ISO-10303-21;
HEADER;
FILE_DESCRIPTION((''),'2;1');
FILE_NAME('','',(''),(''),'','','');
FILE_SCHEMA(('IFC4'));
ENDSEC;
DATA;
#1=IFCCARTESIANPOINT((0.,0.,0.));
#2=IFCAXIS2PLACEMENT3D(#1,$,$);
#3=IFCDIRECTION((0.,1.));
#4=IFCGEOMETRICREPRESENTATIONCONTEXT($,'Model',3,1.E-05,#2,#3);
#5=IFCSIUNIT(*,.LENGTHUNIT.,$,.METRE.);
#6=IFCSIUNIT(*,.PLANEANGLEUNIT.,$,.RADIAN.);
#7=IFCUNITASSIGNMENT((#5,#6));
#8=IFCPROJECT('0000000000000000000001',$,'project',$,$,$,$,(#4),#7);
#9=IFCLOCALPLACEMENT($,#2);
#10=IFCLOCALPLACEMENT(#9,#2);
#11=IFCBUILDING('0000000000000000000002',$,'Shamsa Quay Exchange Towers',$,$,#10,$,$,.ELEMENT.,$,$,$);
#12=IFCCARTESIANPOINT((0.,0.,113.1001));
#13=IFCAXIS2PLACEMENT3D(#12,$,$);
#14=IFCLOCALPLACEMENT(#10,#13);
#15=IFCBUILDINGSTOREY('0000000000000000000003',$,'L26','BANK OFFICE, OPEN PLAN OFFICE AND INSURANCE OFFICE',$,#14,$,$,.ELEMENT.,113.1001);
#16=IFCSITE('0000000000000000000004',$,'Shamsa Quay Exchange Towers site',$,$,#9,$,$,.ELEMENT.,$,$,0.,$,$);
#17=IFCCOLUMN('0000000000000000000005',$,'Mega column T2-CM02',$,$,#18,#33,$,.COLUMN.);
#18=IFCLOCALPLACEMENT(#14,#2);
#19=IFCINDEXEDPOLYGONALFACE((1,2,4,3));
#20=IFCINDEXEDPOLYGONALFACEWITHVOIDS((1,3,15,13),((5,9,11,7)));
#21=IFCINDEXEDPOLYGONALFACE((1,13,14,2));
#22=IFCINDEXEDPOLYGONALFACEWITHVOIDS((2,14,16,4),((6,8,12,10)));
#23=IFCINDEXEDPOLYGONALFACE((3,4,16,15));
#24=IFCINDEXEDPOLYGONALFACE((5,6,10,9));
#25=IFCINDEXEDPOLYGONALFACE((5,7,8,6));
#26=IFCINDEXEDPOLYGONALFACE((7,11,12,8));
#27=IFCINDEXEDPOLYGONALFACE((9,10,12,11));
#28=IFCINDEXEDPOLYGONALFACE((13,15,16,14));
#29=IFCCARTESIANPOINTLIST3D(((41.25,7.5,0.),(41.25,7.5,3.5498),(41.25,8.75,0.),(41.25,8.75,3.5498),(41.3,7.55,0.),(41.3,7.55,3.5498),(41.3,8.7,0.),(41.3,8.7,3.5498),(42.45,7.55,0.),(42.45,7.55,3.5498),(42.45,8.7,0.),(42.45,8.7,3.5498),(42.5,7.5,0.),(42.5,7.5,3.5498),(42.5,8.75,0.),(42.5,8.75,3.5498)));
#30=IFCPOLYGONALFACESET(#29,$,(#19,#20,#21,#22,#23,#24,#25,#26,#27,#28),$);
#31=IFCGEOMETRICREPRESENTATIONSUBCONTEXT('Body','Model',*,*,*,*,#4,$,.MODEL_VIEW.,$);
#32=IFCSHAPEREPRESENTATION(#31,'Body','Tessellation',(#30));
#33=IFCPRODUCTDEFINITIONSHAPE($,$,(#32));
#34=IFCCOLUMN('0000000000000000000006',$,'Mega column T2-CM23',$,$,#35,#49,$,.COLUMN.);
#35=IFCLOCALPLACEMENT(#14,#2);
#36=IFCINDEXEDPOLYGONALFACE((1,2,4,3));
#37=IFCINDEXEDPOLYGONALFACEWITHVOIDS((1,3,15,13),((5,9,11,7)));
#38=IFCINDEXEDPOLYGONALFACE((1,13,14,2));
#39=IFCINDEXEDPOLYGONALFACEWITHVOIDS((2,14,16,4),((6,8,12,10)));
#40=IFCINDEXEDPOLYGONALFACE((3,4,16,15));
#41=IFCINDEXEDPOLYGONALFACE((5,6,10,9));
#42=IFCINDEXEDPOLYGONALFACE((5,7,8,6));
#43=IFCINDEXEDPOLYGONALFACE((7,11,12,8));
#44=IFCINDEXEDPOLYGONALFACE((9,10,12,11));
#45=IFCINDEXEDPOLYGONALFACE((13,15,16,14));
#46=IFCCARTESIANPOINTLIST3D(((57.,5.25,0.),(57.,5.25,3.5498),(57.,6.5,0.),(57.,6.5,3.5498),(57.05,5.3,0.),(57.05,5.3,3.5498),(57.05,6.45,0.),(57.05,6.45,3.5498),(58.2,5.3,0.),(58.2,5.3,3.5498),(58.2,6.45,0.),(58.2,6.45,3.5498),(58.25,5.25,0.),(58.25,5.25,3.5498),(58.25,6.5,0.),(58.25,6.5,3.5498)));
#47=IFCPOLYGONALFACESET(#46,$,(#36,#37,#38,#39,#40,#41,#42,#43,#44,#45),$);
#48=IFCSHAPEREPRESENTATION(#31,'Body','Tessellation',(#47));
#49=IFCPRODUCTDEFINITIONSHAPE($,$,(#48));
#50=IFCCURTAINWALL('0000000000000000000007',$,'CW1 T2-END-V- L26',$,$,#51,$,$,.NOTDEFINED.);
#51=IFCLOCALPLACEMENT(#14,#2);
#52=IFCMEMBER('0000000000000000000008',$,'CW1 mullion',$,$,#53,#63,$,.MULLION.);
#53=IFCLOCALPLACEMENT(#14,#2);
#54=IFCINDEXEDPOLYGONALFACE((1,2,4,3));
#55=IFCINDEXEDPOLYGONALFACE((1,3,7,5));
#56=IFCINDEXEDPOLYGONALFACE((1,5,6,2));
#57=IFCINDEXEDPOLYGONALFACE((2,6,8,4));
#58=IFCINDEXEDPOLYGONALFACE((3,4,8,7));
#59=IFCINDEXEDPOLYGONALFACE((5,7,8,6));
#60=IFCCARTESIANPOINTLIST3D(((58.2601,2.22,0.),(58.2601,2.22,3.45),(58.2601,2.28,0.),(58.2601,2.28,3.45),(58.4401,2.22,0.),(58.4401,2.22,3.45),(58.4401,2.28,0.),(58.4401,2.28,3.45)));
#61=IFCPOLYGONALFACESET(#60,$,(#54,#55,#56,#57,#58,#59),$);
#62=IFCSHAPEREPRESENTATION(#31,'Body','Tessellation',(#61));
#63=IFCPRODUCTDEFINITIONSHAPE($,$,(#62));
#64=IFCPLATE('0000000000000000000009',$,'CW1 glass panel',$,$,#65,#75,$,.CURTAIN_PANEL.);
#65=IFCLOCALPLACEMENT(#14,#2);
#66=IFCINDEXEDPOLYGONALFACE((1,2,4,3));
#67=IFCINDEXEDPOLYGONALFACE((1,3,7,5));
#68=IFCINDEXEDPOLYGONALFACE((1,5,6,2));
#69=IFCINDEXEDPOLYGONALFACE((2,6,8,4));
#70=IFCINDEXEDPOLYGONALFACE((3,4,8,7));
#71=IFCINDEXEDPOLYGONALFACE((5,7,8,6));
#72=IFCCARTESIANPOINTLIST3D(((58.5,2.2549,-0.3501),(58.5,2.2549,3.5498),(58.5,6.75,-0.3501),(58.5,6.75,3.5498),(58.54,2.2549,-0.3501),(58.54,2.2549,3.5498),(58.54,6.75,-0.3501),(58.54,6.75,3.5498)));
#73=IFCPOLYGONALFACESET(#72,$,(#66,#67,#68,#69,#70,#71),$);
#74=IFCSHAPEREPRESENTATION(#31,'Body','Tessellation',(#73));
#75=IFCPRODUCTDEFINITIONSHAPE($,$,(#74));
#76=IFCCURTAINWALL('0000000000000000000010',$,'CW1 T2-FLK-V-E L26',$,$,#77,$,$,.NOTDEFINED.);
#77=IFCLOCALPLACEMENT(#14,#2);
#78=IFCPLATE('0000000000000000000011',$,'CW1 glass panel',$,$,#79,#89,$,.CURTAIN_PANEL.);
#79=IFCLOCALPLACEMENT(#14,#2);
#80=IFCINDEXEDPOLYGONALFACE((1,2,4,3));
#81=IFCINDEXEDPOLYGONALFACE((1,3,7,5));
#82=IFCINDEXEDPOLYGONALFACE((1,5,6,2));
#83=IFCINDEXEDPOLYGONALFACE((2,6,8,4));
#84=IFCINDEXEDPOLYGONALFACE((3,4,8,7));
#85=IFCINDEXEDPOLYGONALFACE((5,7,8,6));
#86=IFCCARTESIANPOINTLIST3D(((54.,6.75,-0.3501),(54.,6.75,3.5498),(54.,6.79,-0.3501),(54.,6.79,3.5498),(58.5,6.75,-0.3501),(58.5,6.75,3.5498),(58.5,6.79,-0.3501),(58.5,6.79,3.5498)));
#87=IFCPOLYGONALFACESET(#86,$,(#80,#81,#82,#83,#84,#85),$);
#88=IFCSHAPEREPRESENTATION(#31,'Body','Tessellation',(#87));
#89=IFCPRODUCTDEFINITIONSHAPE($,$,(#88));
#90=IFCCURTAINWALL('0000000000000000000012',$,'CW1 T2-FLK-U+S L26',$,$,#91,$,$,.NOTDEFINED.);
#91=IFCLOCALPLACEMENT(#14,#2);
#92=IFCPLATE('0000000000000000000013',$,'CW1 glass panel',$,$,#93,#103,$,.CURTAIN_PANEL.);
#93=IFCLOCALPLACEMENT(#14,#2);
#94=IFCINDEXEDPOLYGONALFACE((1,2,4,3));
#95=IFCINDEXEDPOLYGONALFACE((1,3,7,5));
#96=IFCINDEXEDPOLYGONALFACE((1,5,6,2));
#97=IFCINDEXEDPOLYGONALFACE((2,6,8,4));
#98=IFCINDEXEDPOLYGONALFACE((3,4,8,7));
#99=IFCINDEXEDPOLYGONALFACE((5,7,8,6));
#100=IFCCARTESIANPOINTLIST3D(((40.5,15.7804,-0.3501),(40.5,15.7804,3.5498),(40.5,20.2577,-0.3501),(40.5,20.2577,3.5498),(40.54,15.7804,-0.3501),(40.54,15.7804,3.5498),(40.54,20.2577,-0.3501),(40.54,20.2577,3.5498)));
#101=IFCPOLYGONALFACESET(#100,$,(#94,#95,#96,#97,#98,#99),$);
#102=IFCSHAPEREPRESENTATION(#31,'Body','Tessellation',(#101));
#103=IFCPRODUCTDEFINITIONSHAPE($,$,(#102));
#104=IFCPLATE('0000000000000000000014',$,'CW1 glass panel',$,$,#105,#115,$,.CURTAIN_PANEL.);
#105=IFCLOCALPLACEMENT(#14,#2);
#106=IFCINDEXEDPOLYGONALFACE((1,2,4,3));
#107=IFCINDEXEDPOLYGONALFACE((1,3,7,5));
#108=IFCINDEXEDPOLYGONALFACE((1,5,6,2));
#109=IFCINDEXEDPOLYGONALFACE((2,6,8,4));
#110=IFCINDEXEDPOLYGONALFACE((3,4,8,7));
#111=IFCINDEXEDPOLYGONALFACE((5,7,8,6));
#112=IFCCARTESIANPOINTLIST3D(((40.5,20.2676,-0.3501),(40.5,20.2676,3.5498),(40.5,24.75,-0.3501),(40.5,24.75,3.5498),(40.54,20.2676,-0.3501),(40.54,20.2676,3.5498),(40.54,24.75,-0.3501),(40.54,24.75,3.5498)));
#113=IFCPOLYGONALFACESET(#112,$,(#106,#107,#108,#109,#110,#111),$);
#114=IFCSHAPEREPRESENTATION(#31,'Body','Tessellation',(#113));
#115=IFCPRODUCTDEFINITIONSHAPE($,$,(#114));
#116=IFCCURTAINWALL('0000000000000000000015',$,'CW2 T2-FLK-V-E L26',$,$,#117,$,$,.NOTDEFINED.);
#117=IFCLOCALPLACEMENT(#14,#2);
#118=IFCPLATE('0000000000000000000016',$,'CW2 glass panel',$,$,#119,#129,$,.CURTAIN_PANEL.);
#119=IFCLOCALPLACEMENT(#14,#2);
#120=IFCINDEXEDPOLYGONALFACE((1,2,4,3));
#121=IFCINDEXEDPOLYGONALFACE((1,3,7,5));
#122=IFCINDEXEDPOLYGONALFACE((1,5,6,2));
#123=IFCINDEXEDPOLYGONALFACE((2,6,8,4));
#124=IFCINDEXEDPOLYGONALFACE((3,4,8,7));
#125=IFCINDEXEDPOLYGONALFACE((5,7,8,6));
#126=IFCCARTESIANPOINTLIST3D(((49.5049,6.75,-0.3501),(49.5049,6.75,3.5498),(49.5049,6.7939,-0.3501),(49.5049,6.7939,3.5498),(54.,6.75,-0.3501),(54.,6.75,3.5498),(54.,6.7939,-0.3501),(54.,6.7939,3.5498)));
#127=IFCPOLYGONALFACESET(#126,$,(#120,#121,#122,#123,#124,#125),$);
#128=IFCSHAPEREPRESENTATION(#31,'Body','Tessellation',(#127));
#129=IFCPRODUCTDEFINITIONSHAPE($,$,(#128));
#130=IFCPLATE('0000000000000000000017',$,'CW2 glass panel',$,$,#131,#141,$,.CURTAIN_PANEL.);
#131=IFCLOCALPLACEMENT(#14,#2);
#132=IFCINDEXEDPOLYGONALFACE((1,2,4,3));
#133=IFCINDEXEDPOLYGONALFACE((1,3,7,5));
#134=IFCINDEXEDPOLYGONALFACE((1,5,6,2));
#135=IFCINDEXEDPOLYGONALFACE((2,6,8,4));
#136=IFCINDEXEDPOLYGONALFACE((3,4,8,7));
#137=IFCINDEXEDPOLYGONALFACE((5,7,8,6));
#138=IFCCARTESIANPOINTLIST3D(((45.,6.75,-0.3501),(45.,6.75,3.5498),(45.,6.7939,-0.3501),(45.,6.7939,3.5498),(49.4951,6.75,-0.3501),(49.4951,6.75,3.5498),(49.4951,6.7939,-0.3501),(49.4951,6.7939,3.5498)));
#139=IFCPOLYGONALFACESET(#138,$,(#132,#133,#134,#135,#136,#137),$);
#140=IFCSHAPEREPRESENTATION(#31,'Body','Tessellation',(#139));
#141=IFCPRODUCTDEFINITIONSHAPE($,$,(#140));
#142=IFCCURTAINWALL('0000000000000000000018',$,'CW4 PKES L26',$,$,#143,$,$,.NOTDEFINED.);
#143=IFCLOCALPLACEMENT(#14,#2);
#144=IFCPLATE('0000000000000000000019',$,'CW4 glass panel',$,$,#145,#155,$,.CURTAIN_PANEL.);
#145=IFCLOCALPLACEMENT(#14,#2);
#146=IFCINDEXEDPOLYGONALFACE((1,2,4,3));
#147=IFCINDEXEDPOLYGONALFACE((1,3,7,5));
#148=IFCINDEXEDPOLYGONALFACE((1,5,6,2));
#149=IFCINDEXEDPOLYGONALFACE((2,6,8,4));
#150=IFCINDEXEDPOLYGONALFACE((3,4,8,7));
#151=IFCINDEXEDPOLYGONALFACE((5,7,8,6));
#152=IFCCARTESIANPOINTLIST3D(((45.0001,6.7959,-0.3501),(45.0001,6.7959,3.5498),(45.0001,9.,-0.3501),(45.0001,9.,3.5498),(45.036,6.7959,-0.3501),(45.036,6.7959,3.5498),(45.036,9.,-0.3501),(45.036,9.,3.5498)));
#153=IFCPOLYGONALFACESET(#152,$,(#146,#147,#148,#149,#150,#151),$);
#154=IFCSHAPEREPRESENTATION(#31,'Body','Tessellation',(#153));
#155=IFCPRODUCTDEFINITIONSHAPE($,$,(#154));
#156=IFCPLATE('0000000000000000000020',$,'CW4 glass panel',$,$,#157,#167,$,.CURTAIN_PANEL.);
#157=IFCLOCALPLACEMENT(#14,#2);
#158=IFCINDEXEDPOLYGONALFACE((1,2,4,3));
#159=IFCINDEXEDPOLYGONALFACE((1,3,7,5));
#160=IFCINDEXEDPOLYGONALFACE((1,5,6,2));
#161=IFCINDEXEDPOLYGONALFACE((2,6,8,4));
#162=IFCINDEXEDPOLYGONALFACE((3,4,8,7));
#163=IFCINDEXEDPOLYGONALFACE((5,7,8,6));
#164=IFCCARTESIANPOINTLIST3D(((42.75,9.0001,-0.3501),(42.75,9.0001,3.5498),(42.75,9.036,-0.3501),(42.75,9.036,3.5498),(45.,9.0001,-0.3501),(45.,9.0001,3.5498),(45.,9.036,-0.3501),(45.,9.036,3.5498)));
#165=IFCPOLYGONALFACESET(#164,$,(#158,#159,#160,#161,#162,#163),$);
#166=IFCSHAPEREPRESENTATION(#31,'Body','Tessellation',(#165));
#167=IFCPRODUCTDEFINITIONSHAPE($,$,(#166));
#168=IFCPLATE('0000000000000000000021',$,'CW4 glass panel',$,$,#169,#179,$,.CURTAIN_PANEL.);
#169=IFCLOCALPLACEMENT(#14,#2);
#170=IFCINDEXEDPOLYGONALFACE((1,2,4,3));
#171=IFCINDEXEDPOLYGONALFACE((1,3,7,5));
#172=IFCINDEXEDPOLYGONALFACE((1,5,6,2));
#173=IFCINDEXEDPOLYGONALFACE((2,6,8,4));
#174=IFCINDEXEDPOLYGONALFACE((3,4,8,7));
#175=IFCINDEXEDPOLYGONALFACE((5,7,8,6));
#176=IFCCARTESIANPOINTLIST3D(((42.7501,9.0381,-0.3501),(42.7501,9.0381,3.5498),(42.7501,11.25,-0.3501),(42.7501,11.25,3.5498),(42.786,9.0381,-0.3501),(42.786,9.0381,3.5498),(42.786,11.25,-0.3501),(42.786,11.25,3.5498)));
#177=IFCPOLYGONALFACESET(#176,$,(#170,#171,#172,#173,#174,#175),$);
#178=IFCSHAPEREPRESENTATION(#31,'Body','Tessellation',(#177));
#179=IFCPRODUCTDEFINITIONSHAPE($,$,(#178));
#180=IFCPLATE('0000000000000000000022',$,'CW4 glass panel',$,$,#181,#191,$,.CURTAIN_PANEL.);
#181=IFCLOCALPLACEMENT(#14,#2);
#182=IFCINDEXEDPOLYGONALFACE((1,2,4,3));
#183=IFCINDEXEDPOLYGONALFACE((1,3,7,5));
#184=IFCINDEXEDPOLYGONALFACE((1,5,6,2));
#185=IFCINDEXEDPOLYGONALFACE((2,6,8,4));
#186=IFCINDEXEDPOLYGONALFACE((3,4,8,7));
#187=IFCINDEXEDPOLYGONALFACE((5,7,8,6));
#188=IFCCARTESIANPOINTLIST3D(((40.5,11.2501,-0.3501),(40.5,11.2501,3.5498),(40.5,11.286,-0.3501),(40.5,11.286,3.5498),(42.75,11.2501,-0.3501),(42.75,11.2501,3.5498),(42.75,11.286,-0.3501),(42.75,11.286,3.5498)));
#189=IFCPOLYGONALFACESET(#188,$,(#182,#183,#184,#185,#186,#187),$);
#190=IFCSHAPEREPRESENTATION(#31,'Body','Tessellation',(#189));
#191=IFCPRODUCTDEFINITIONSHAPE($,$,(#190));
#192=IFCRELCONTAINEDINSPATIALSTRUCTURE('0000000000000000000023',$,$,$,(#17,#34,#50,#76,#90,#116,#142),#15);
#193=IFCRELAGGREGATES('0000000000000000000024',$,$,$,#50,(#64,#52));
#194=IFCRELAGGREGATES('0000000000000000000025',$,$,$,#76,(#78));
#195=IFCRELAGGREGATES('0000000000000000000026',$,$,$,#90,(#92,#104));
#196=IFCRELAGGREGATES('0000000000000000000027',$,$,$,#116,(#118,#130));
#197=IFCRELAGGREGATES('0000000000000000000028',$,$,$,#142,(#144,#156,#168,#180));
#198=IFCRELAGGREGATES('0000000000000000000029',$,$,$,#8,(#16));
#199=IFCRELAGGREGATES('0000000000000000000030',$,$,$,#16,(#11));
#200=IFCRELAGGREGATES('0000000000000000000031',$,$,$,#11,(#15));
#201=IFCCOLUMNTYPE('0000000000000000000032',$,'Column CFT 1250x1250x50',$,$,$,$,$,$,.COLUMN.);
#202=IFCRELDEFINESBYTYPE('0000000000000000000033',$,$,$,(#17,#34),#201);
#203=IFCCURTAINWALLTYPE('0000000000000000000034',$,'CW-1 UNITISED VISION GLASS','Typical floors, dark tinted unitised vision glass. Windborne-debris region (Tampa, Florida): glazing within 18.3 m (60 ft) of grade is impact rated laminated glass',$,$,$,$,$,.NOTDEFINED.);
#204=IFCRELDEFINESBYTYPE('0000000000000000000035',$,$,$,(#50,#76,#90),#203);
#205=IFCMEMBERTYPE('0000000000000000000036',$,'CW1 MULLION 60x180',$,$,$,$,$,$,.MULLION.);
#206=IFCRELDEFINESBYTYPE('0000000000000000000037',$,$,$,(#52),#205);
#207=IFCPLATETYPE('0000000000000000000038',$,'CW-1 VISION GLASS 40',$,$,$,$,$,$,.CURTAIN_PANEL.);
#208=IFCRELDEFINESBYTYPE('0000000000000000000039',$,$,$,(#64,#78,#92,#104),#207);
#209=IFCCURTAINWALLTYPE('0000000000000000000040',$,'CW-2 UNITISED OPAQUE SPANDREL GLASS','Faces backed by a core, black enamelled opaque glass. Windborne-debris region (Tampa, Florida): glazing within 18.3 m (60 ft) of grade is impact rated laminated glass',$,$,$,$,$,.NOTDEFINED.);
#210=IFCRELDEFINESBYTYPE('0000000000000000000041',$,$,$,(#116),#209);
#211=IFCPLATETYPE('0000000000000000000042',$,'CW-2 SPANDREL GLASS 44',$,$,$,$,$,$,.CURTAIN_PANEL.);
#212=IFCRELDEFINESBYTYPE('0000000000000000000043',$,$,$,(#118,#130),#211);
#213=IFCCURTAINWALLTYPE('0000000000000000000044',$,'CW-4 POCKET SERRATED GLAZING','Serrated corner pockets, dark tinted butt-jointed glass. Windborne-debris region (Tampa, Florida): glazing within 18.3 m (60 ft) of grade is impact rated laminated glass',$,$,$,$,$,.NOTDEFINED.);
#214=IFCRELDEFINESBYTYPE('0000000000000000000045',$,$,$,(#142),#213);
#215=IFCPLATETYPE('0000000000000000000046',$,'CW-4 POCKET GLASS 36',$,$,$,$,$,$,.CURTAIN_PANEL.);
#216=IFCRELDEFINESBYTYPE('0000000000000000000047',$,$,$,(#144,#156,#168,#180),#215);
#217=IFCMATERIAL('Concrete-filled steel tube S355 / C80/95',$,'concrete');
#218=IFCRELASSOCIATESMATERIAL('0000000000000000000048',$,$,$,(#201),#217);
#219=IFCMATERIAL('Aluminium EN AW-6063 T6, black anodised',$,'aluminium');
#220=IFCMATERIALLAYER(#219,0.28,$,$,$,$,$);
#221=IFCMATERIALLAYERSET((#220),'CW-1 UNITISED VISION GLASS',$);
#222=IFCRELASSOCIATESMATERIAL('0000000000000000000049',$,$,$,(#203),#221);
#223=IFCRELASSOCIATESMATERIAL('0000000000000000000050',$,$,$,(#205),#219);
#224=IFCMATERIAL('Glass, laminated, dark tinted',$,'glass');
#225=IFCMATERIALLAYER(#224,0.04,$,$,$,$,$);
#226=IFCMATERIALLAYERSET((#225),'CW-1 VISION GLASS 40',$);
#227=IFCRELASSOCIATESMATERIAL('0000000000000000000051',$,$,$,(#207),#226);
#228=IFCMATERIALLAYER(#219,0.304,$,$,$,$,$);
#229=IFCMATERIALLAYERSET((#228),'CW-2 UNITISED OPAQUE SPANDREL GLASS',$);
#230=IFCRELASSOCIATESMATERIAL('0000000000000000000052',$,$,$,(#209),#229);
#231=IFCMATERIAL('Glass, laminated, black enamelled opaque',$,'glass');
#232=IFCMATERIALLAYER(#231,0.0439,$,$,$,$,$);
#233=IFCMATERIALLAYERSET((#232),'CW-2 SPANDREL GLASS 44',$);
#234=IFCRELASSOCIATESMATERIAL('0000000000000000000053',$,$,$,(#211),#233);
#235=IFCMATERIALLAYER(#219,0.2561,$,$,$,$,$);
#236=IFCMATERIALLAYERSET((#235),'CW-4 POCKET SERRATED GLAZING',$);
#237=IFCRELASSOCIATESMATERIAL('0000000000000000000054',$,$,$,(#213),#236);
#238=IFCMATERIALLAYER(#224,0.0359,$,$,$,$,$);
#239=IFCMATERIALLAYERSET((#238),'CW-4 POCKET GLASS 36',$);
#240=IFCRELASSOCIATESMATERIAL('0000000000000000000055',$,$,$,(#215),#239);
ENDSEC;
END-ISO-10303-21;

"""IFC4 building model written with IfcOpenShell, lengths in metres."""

from ifc_helpers import new_model, si_unit, direction, frame, origin, origin_2d, place, context, subcontext, project, spatial, rectangle, hollow_rectangle, extrude, material, layer, layer_set, material_profile, profile_set, type_object, element, aggregate, save


model = new_model("IFC4")

# Units and contexts
model_context = context("Model", 3, precision=1e-05, world=origin(), true_north=direction((0.0, 1.0)))
body_context = subcontext(model_context, "Body", "Model", "MODEL_VIEW")
ifc_project = project(units=[si_unit("LENGTHUNIT", "METRE"), si_unit("PLANEANGLEUNIT", "RADIAN")], contexts=[model_context])

# Site, building, storey
site_placement = place(None, origin())
site = spatial("IfcSite", under=ifc_project, at=site_placement, Name="Shamsa Quay Exchange Towers site", CompositionType="ELEMENT", RefElevation=0.0)
building_placement = place(site_placement, origin())
building = spatial("IfcBuilding", under=site, at=building_placement, Name="Shamsa Quay Exchange Towers", CompositionType="ELEMENT")
storey_placement = place(building_placement, frame((0.0, 0.0, 113.1001)))
storey = spatial("IfcBuildingStorey", under=building, at=storey_placement, Name="L26", Description="BANK OFFICE, OPEN PLAN OFFICE AND INSURANCE OFFICE", CompositionType="ELEMENT", Elevation=113.1001)

# Columns
ifc_material_1 = material(Name="Concrete-filled steel tube S355 / C80/95", Category="concrete")
ifc_material_profile_1 = material_profile(ifc_material_1, hollow_rectangle(XDim=1.25, YDim=1.25, WallThickness=0.05, at=origin_2d()), Name="CFT 1250x1250x50")
ifc_profile_set_1 = profile_set([ifc_material_profile_1], Name="Concrete-filled steel tube S355 / C80/95")
column_type = type_object("IfcColumnType", Name="Column CFT 1250x1250x50", PredefinedType="COLUMN", material=ifc_profile_set_1)
for number, where, name in (
    (1, (41.875, 8.125, 0.0), "Mega column T2-CM02"),
    (2, (57.625, 5.875, 0.0), "Mega column T2-CM23"),
):
    element("IfcColumn", number, at=place(storey_placement, frame(where)), inside=storey, type_object=column_type, Name=name, PredefinedType="COLUMN", context=body_context, shape_type="SweptSolid", body=[
        extrude(hollow_rectangle(XDim=1.25, YDim=1.25, WallThickness=0.05, at=origin_2d()), origin(), (0.0, 0.0, 1.0), 3.5498),
    ])

# Curtain wall, member, plate
ifc_material_2 = material(Name="Aluminium EN AW-6063 T6, black anodised", Category="aluminium")
ifc_layer_1 = layer(ifc_material_2, 0.28)
ifc_layer_set_1 = layer_set([ifc_layer_1], Name="CW-1 UNITISED VISION GLASS")
curtain_wall_type_1 = type_object("IfcCurtainWallType", Name="CW-1 UNITISED VISION GLASS", Description="Typical floors, dark tinted unitised vision glass. Windborne-debris region (Tampa, Florida): glazing within 18.3 m (60 ft) of grade is impact rated laminated glass", PredefinedType="NOTDEFINED", material=ifc_layer_set_1)
curtain_wall_1_placement = place(storey_placement, origin())
curtain_wall_1 = element("IfcCurtainWall", 3, at=curtain_wall_1_placement, inside=storey, type_object=curtain_wall_type_1, Name="CW1 T2-END-V- L26", PredefinedType="NOTDEFINED")
ifc_material_profile_2 = material_profile(ifc_material_2, rectangle(XDim=0.1799, YDim=0.0601, at=origin_2d()), Name="MU60x180")
ifc_profile_set_2 = profile_set([ifc_material_profile_2], Name="Aluminium EN AW-6063 T6, black anodised")
member_type = type_object("IfcMemberType", Name="CW1 MULLION 60x180", PredefinedType="MULLION", material=ifc_profile_set_2)
member_placement = place(storey_placement, frame((58.3501, 2.25, 0.0), z_axis=(0.0, 0.0, 1.0), x_axis=(-1.0, 0.0, 0.0)))
member = element("IfcMember", 4, at=member_placement, type_object=member_type, Name="CW1 mullion", PredefinedType="MULLION", context=body_context, shape_type="SweptSolid", body=[
    extrude(rectangle(XDim=0.1799, YDim=0.0601, at=origin_2d()), origin(), (0.0, 0.0, 1.0), 3.45),
])
ifc_material_3 = material(Name="Glass, laminated, dark tinted", Category="glass")
ifc_layer_2 = layer(ifc_material_3, 0.04)
ifc_layer_set_2 = layer_set([ifc_layer_2], Name="CW-1 VISION GLASS 40")
plate_type_1 = type_object("IfcPlateType", Name="CW-1 VISION GLASS 40", PredefinedType="CURTAIN_PANEL", material=ifc_layer_set_2)
plate_1_placement = place(storey_placement, frame((58.52, 4.5024, -0.3501), z_axis=(0.0, 0.0, 1.0), x_axis=(0.0, 1.0, 0.0)))
plate_1 = element("IfcPlate", 5, at=plate_1_placement, type_object=plate_type_1, Name="CW1 glass panel", PredefinedType="CURTAIN_PANEL", context=body_context, shape_type="SweptSolid", body=[
    extrude(rectangle(XDim=4.4951, YDim=0.04, at=origin_2d()), origin(), (0.0, 0.0, 1.0), 3.8999),
])
aggregate(curtain_wall_1, [plate_1, member])

# Curtain wall, plate
curtain_wall_2_placement = place(storey_placement, origin())
curtain_wall_2 = element("IfcCurtainWall", 6, at=curtain_wall_2_placement, inside=storey, type_object=curtain_wall_type_1, Name="CW1 T2-FLK-V-E L26", PredefinedType="NOTDEFINED")
plate_2_placement = place(storey_placement, frame((56.25, 6.77, -0.3501), z_axis=(0.0, 0.0, 1.0), x_axis=(-1.0, 0.0, 0.0)))
plate_2 = element("IfcPlate", 7, at=plate_2_placement, type_object=plate_type_1, Name="CW1 glass panel", PredefinedType="CURTAIN_PANEL", context=body_context, shape_type="SweptSolid", body=[
    extrude(rectangle(XDim=4.5, YDim=0.04, at=origin_2d()), origin(), (0.0, 0.0, 1.0), 3.8999),
])
aggregate(curtain_wall_2, [plate_2])

# Curtain walls, plates
curtain_wall_3_placement = place(storey_placement, origin())
curtain_wall_3 = element("IfcCurtainWall", 8, at=curtain_wall_3_placement, inside=storey, type_object=curtain_wall_type_1, Name="CW1 T2-FLK-U+S L26", PredefinedType="NOTDEFINED")
plate_3_placement = place(storey_placement, frame((40.52, 18.019, -0.3501), z_axis=(0.0, 0.0, 1.0), x_axis=(0.0, 1.0, 0.0)))
plate_3 = element("IfcPlate", 9, at=plate_3_placement, type_object=plate_type_1, Name="CW1 glass panel", PredefinedType="CURTAIN_PANEL", context=body_context, shape_type="SweptSolid", body=[
    extrude(rectangle(XDim=4.4773, YDim=0.04, at=origin_2d()), origin(), (0.0, 0.0, 1.0), 3.8999),
])
plate_4_placement = place(storey_placement, frame((40.52, 22.5088, -0.3501), z_axis=(0.0, 0.0, 1.0), x_axis=(0.0, 1.0, 0.0)))
plate_4 = element("IfcPlate", 10, at=plate_4_placement, type_object=plate_type_1, Name="CW1 glass panel", PredefinedType="CURTAIN_PANEL", context=body_context, shape_type="SweptSolid", body=[
    extrude(rectangle(XDim=4.4824, YDim=0.04, at=origin_2d()), origin(), (0.0, 0.0, 1.0), 3.8999),
])
aggregate(curtain_wall_3, [plate_3, plate_4])
ifc_layer_3 = layer(ifc_material_2, 0.304)
ifc_layer_set_3 = layer_set([ifc_layer_3], Name="CW-2 UNITISED OPAQUE SPANDREL GLASS")
curtain_wall_type_2 = type_object("IfcCurtainWallType", Name="CW-2 UNITISED OPAQUE SPANDREL GLASS", Description="Faces backed by a core, black enamelled opaque glass. Windborne-debris region (Tampa, Florida): glazing within 18.3 m (60 ft) of grade is impact rated laminated glass", PredefinedType="NOTDEFINED", material=ifc_layer_set_3)
curtain_wall_4_placement = place(storey_placement, origin())
curtain_wall_4 = element("IfcCurtainWall", 11, at=curtain_wall_4_placement, inside=storey, type_object=curtain_wall_type_2, Name="CW2 T2-FLK-V-E L26", PredefinedType="NOTDEFINED")
ifc_material_4 = material(Name="Glass, laminated, black enamelled opaque", Category="glass")
ifc_layer_4 = layer(ifc_material_4, 0.0439)
ifc_layer_set_4 = layer_set([ifc_layer_4], Name="CW-2 SPANDREL GLASS 44")
plate_type_2 = type_object("IfcPlateType", Name="CW-2 SPANDREL GLASS 44", PredefinedType="CURTAIN_PANEL", material=ifc_layer_set_4)
plate_5_placement = place(storey_placement, frame((51.7524, 6.772, -0.3501), z_axis=(0.0, 0.0, 1.0), x_axis=(-1.0, 0.0, 0.0)))
plate_5 = element("IfcPlate", 12, at=plate_5_placement, type_object=plate_type_2, Name="CW2 glass panel", PredefinedType="CURTAIN_PANEL", context=body_context, shape_type="SweptSolid", body=[
    extrude(rectangle(XDim=4.4951, YDim=0.0439, at=origin_2d()), origin(), (0.0, 0.0, 1.0), 3.8999),
])
plate_6_placement = place(storey_placement, frame((47.2476, 6.772, -0.3501), z_axis=(0.0, 0.0, 1.0), x_axis=(-1.0, 0.0, 0.0)))
plate_6 = element("IfcPlate", 13, at=plate_6_placement, type_object=plate_type_2, Name="CW2 glass panel", PredefinedType="CURTAIN_PANEL", context=body_context, shape_type="SweptSolid", body=[
    extrude(rectangle(XDim=4.4951, YDim=0.0439, at=origin_2d()), origin(), (0.0, 0.0, 1.0), 3.8999),
])
aggregate(curtain_wall_4, [plate_5, plate_6])
ifc_layer_5 = layer(ifc_material_2, 0.2561)
ifc_layer_set_5 = layer_set([ifc_layer_5], Name="CW-4 POCKET SERRATED GLAZING")
curtain_wall_type_3 = type_object("IfcCurtainWallType", Name="CW-4 POCKET SERRATED GLAZING", Description="Serrated corner pockets, dark tinted butt-jointed glass. Windborne-debris region (Tampa, Florida): glazing within 18.3 m (60 ft) of grade is impact rated laminated glass", PredefinedType="NOTDEFINED", material=ifc_layer_set_5)
curtain_wall_5_placement = place(storey_placement, origin())
curtain_wall_5 = element("IfcCurtainWall", 14, at=curtain_wall_5_placement, inside=storey, type_object=curtain_wall_type_3, Name="CW4 PKES L26", PredefinedType="NOTDEFINED")
ifc_layer_6 = layer(ifc_material_3, 0.0359)
ifc_layer_set_6 = layer_set([ifc_layer_6], Name="CW-4 POCKET GLASS 36")
plate_type_3 = type_object("IfcPlateType", Name="CW-4 POCKET GLASS 36", PredefinedType="CURTAIN_PANEL", material=ifc_layer_set_6)
plate_7_placement = place(storey_placement, frame((45.0181, 7.8979, -0.3501), z_axis=(0.0, 0.0, 1.0), x_axis=(0.0, 1.0, 0.0)))
plate_7 = element("IfcPlate", 15, at=plate_7_placement, type_object=plate_type_3, Name="CW4 glass panel", PredefinedType="CURTAIN_PANEL", context=body_context, shape_type="SweptSolid", body=[
    extrude(rectangle(XDim=2.2041, YDim=0.0359, at=origin_2d()), origin(), (0.0, 0.0, 1.0), 3.8999),
])
plate_8_placement = place(storey_placement, frame((43.875, 9.0181, -0.3501), z_axis=(0.0, 0.0, 1.0), x_axis=(-1.0, 0.0, 0.0)))
plate_8 = element("IfcPlate", 16, at=plate_8_placement, type_object=plate_type_3, Name="CW4 glass panel", PredefinedType="CURTAIN_PANEL", context=body_context, shape_type="SweptSolid", body=[
    extrude(rectangle(XDim=2.25, YDim=0.0359, at=origin_2d()), origin(), (0.0, 0.0, 1.0), 3.8999),
])
plate_9_placement = place(storey_placement, frame((42.7681, 10.144, -0.3501), z_axis=(0.0, 0.0, 1.0), x_axis=(0.0, 1.0, 0.0)))
plate_9 = element("IfcPlate", 17, at=plate_9_placement, type_object=plate_type_3, Name="CW4 glass panel", PredefinedType="CURTAIN_PANEL", context=body_context, shape_type="SweptSolid", body=[
    extrude(rectangle(XDim=2.2119, YDim=0.0359, at=origin_2d()), origin(), (0.0, 0.0, 1.0), 3.8999),
])
plate_10_placement = place(storey_placement, frame((41.625, 11.2681, -0.3501), z_axis=(0.0, 0.0, 1.0), x_axis=(-1.0, 0.0, 0.0)))
plate_10 = element("IfcPlate", 18, at=plate_10_placement, type_object=plate_type_3, Name="CW4 glass panel", PredefinedType="CURTAIN_PANEL", context=body_context, shape_type="SweptSolid", body=[
    extrude(rectangle(XDim=2.25, YDim=0.0359, at=origin_2d()), origin(), (0.0, 0.0, 1.0), 3.8999),
])
aggregate(curtain_wall_5, [plate_7, plate_8, plate_9, plate_10])

save(model, "model.ifc")
